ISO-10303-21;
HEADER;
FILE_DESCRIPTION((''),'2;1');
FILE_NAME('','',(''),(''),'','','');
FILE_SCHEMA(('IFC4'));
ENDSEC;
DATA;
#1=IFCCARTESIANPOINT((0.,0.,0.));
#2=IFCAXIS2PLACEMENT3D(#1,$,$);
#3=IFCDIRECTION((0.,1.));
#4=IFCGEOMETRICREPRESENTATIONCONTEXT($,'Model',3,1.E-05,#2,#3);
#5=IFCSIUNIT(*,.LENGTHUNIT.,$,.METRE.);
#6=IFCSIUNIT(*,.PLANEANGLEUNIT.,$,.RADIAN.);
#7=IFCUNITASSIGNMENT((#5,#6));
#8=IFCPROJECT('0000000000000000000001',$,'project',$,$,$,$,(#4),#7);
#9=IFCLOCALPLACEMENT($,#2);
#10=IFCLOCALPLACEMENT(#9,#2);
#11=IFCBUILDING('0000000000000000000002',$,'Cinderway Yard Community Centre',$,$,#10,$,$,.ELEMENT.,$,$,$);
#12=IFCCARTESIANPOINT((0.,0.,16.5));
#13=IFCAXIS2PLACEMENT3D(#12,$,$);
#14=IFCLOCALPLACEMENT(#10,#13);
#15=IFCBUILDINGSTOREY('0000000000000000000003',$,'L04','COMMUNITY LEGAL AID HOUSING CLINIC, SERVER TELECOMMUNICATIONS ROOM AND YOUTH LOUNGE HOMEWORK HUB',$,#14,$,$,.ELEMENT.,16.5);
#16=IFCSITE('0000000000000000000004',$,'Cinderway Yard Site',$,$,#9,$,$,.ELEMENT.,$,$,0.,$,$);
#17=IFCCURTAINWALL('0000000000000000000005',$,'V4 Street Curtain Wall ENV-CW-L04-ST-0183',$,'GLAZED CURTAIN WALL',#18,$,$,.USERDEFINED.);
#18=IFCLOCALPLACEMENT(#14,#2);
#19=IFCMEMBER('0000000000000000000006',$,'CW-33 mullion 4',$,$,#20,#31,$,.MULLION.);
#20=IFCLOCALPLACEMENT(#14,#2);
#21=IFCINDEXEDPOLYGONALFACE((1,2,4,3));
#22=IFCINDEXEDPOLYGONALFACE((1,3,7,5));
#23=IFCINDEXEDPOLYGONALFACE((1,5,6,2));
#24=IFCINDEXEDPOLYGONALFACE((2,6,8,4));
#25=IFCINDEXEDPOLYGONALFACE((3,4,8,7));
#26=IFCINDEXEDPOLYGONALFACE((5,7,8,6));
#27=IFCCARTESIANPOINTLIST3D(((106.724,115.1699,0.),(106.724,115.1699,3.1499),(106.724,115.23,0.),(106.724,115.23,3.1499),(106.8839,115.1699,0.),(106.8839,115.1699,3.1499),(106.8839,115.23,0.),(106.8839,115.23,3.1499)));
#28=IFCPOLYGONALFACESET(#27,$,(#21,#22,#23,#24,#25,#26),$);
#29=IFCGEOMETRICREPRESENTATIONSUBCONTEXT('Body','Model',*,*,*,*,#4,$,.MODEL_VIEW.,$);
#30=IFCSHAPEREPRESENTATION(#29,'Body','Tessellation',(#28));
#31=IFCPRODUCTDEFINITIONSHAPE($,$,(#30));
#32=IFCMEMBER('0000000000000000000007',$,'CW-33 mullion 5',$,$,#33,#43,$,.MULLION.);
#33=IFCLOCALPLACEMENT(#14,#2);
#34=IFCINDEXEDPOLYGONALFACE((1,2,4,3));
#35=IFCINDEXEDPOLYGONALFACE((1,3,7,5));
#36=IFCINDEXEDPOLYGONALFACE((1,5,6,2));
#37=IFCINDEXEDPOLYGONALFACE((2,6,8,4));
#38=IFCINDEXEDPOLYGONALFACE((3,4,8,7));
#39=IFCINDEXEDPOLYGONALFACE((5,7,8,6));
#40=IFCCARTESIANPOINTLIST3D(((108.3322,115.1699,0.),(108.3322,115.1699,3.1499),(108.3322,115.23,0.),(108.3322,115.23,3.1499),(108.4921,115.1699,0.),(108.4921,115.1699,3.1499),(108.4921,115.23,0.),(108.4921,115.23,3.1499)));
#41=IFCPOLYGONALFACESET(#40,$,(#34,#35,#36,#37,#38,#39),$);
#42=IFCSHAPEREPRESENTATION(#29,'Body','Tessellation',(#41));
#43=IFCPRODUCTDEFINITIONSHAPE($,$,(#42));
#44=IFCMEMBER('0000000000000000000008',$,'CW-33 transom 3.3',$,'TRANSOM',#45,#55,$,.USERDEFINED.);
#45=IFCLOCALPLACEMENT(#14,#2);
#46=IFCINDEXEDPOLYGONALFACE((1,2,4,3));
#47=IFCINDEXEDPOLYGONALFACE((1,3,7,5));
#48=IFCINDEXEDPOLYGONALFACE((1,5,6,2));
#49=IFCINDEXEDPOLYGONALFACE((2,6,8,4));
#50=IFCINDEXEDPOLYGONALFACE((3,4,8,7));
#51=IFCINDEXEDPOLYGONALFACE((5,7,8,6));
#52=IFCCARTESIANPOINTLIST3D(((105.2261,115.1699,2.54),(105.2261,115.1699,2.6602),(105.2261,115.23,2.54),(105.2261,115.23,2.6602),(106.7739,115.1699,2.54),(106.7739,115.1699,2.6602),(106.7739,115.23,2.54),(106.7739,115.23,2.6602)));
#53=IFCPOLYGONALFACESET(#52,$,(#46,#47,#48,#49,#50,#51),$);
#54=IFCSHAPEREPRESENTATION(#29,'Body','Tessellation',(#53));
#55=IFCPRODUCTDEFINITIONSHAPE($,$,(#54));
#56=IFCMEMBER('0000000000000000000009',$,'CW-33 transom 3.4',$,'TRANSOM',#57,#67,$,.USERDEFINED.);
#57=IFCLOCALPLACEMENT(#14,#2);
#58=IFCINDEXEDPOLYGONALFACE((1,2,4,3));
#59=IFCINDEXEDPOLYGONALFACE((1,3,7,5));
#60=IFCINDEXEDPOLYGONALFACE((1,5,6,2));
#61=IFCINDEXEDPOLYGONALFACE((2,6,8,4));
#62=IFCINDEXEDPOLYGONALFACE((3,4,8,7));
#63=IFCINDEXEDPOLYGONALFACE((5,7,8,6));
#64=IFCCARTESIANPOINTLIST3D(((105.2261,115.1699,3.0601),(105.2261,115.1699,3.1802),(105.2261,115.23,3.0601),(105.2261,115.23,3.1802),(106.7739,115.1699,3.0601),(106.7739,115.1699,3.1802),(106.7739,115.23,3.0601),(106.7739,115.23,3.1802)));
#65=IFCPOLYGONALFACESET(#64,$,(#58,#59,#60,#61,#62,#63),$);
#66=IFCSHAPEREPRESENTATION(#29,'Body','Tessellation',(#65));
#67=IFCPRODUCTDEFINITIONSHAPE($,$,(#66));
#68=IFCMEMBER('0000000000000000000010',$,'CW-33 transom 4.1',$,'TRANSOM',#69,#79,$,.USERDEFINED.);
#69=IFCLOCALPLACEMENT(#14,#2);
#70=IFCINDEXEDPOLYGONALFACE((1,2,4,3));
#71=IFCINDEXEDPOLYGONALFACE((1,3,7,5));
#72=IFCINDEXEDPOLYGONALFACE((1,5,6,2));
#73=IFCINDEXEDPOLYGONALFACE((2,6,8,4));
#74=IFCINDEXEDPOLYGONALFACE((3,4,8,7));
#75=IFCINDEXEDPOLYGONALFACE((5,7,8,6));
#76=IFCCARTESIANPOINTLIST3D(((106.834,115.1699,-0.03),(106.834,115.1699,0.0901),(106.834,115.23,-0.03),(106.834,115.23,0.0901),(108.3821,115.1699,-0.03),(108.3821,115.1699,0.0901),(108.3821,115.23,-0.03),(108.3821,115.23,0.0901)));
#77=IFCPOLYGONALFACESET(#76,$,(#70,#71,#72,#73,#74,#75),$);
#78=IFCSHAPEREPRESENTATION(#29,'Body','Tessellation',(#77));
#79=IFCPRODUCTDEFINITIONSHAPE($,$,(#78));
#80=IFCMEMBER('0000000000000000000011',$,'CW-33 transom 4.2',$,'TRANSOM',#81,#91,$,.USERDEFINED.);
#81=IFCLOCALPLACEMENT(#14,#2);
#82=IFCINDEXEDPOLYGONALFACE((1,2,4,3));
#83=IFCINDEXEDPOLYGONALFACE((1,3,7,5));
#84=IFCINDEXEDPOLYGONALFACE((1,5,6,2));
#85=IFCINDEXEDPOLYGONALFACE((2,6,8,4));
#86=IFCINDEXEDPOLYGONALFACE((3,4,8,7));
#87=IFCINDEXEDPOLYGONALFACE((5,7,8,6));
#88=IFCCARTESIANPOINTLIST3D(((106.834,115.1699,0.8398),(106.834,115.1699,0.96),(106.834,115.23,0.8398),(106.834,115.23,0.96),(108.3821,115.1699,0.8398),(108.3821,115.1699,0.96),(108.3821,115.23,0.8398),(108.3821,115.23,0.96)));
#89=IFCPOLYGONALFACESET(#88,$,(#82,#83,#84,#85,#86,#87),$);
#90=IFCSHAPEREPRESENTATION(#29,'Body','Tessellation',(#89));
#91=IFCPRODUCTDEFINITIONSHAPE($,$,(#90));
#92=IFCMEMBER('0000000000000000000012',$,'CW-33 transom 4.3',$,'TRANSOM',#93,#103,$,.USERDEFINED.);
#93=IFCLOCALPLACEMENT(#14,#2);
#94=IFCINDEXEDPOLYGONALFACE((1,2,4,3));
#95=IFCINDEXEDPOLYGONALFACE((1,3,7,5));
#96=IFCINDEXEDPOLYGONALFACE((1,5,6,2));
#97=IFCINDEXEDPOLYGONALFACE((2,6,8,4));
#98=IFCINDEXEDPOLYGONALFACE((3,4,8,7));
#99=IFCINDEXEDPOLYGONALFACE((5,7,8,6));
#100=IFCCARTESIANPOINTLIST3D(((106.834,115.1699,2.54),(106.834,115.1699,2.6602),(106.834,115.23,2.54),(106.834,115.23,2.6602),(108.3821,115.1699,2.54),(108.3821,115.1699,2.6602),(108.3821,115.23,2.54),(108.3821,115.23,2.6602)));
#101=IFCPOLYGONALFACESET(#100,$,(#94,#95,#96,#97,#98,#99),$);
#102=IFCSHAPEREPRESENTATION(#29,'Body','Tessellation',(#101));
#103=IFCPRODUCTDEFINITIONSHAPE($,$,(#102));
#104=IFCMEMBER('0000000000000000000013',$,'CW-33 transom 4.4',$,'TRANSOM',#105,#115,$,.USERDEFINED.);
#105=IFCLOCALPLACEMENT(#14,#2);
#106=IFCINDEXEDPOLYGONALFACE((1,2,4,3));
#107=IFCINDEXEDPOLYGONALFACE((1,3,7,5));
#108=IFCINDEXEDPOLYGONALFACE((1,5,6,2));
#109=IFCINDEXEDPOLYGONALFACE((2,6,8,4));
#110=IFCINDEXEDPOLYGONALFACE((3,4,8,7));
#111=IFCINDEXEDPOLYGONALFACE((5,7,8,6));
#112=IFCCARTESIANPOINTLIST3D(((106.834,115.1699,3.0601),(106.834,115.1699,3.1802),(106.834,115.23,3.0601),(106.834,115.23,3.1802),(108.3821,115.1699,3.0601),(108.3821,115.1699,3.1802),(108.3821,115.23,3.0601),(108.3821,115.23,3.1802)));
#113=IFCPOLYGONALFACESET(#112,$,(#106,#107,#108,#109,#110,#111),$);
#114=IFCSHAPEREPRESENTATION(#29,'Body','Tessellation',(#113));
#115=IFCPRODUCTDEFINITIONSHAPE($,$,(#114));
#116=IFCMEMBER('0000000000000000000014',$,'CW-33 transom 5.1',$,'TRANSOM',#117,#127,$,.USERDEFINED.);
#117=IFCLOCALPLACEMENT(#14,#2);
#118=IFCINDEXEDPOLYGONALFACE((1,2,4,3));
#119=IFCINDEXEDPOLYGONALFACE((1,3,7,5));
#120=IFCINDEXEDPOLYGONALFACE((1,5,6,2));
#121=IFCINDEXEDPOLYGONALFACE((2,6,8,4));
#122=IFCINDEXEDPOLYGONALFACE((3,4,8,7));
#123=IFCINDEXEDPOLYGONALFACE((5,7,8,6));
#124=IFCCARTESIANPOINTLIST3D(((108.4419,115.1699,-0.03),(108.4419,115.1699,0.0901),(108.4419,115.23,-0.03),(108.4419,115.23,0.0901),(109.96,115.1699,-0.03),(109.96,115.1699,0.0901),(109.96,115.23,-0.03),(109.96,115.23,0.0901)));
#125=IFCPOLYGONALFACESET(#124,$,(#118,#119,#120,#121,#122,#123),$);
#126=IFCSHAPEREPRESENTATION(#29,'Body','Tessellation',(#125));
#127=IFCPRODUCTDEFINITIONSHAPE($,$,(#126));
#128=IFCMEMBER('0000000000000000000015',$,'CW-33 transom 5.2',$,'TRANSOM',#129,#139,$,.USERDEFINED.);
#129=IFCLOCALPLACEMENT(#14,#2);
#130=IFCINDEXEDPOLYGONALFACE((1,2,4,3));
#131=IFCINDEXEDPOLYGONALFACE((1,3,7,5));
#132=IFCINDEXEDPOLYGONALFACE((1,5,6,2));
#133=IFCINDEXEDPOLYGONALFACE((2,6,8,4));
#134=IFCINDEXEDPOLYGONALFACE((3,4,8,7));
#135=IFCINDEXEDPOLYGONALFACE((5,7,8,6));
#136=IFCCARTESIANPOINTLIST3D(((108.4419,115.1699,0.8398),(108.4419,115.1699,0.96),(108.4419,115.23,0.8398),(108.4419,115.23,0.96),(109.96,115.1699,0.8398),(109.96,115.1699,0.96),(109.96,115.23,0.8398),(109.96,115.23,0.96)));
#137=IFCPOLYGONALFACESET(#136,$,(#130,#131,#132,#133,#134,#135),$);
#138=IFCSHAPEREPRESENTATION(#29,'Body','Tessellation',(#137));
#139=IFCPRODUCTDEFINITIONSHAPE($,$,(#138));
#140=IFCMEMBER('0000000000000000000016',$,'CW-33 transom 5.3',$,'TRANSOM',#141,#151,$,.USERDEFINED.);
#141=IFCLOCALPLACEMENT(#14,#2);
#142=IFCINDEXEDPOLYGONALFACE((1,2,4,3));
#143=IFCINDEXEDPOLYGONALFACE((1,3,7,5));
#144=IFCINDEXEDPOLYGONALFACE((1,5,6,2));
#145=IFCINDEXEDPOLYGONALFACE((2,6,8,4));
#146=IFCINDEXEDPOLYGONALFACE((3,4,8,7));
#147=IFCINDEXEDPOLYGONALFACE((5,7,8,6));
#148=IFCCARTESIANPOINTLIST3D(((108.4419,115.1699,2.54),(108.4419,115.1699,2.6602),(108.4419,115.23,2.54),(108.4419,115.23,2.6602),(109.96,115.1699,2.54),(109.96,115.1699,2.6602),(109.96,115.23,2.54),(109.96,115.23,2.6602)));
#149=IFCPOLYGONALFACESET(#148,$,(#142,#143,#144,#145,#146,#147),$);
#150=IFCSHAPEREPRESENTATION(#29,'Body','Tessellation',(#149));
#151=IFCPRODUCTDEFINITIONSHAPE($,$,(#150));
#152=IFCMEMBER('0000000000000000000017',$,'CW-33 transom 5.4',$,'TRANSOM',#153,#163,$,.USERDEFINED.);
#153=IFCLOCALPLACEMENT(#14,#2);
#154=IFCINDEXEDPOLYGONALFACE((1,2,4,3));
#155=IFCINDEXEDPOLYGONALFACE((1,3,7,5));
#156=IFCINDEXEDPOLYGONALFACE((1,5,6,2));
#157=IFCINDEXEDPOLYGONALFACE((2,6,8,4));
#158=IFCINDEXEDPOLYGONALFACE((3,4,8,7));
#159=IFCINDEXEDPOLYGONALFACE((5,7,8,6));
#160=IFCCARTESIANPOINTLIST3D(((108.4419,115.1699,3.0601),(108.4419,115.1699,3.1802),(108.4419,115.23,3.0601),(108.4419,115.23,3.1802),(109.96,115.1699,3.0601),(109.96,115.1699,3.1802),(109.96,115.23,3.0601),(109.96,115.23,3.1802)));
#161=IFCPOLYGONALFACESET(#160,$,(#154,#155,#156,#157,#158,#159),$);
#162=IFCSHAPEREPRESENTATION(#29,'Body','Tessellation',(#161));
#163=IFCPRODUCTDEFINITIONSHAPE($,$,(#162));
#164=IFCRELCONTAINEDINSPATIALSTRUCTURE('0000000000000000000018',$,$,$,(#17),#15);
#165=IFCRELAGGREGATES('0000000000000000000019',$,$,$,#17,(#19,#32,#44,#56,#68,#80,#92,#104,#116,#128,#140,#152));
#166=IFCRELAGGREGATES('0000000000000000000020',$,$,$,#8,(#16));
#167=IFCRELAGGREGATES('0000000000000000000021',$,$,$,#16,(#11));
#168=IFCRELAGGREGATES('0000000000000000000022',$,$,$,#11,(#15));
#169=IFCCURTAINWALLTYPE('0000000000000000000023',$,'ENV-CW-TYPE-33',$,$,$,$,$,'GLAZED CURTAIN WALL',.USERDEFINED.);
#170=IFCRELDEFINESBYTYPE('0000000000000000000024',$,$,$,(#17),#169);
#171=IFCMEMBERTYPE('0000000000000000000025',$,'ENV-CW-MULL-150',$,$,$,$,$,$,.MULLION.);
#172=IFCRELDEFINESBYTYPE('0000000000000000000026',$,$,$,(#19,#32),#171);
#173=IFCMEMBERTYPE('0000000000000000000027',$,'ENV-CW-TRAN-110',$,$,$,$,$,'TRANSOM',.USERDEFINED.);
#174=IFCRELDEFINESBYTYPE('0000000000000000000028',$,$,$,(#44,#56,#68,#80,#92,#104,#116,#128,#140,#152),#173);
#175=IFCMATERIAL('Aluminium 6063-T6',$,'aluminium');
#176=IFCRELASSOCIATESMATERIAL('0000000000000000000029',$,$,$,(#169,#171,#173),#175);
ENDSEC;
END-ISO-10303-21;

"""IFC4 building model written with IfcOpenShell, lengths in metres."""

from ifc_helpers import new_model, si_unit, direction, frame, origin, origin_2d, place, context, subcontext, project, spatial, rectangle, extrude, material, material_profile, profile_set, type_object, element, aggregate, save


model = new_model("IFC4")

# Units and contexts
model_context = context("Model", 3, precision=1e-05, world=origin(), true_north=direction((0.0, 1.0)))
body_context = subcontext(model_context, "Body", "Model", "MODEL_VIEW")
ifc_project = project(units=[si_unit("LENGTHUNIT", "METRE"), si_unit("PLANEANGLEUNIT", "RADIAN")], contexts=[model_context])

# Site, building, storey
site_placement = place(None, origin())
site = spatial("IfcSite", under=ifc_project, at=site_placement, Name="Cinderway Yard Site", CompositionType="ELEMENT", RefElevation=0.0)
building_placement = place(site_placement, origin())
building = spatial("IfcBuilding", under=site, at=building_placement, Name="Cinderway Yard Community Centre", CompositionType="ELEMENT")
storey_placement = place(building_placement, frame((0.0, 0.0, 16.5)))
storey = spatial("IfcBuildingStorey", under=building, at=storey_placement, Name="L04", Description="COMMUNITY LEGAL AID HOUSING CLINIC, SERVER TELECOMMUNICATIONS ROOM AND YOUTH LOUNGE HOMEWORK HUB", CompositionType="ELEMENT", Elevation=16.5)

# Curtain wall, members
ifc_material_1 = material(Name="Aluminium 6063-T6", Category="aluminium")
curtain_wall_type = type_object("IfcCurtainWallType", Name="ENV-CW-TYPE-33", ElementType="GLAZED CURTAIN WALL", PredefinedType="USERDEFINED", material=ifc_material_1)
curtain_wall_placement = place(storey_placement, origin())
curtain_wall = element("IfcCurtainWall", 1, at=curtain_wall_placement, inside=storey, type_object=curtain_wall_type, Name="V4 Street Curtain Wall ENV-CW-L04-ST-0183", ObjectType="GLAZED CURTAIN WALL", PredefinedType="USERDEFINED")
ifc_material_profile_1 = material_profile(ifc_material_1, rectangle(XDim=0.0601, YDim=0.1599, at=origin_2d()), Name="Aluminium 6063-T6")
ifc_profile_set_1 = profile_set([ifc_material_profile_1], Name="Aluminium 6063-T6")
member_type_1 = type_object("IfcMemberType", Name="ENV-CW-MULL-150", PredefinedType="MULLION", material=ifc_profile_set_1)
member_1_placement = place(storey_placement, frame((106.804, 115.2, 0.0), z_axis=(0.0, 0.0, 1.0), x_axis=(0.0, 1.0, 0.0)))
member_1 = element("IfcMember", 2, at=member_1_placement, type_object=member_type_1, Name="CW-33 mullion 4", PredefinedType="MULLION", context=body_context, shape_type="SweptSolid", body=[
    extrude(rectangle(XDim=0.0601, YDim=0.1599, at=origin_2d()), origin(), (0.0, 0.0, 1.0), 3.1499),
])
member_2_placement = place(storey_placement, frame((108.4121, 115.2, 0.0), z_axis=(0.0, 0.0, 1.0), x_axis=(0.0, 1.0, 0.0)))
member_2 = element("IfcMember", 3, at=member_2_placement, type_object=member_type_1, Name="CW-33 mullion 5", PredefinedType="MULLION", context=body_context, shape_type="SweptSolid", body=[
    extrude(rectangle(XDim=0.0601, YDim=0.1599, at=origin_2d()), origin(), (0.0, 0.0, 1.0), 3.1499),
])
ifc_material_profile_2 = material_profile(ifc_material_1, rectangle(XDim=0.0601, YDim=0.1201, at=origin_2d()), Name="Aluminium 6063-T6")
ifc_profile_set_2 = profile_set([ifc_material_profile_2], Name="Aluminium 6063-T6")
member_type_2 = type_object("IfcMemberType", Name="ENV-CW-TRAN-110", ElementType="TRANSOM", PredefinedType="USERDEFINED", material=ifc_profile_set_2)
member_3_placement = place(storey_placement, frame((105.2261, 115.2, 2.6001), z_axis=(1.0, 0.0, 0.0), x_axis=(0.0, 1.0, 0.0)))
member_3 = element("IfcMember", 4, at=member_3_placement, type_object=member_type_2, Name="CW-33 transom 3.3", ObjectType="TRANSOM", PredefinedType="USERDEFINED", context=body_context, shape_type="SweptSolid", body=[
    extrude(rectangle(XDim=0.0601, YDim=0.1201, at=origin_2d()), origin(), (0.0, 0.0, 1.0), 1.5479),
])
member_4_placement = place(storey_placement, frame((105.2261, 115.2, 3.1201), z_axis=(1.0, 0.0, 0.0), x_axis=(0.0, 1.0, 0.0)))
member_4 = element("IfcMember", 5, at=member_4_placement, type_object=member_type_2, Name="CW-33 transom 3.4", ObjectType="TRANSOM", PredefinedType="USERDEFINED", context=body_context, shape_type="SweptSolid", body=[
    extrude(rectangle(XDim=0.0601, YDim=0.1201, at=origin_2d()), origin(), (0.0, 0.0, 1.0), 1.5479),
])
member_5_placement = place(storey_placement, frame((106.834, 115.2, 0.03), z_axis=(1.0, 0.0, 0.0), x_axis=(0.0, 1.0, 0.0)))
member_5 = element("IfcMember", 6, at=member_5_placement, type_object=member_type_2, Name="CW-33 transom 4.1", ObjectType="TRANSOM", PredefinedType="USERDEFINED", context=body_context, shape_type="SweptSolid", body=[
    extrude(rectangle(XDim=0.0601, YDim=0.1201, at=origin_2d()), origin(), (0.0, 0.0, 1.0), 1.5481),
])
member_6_placement = place(storey_placement, frame((106.834, 115.2, 0.8999), z_axis=(1.0, 0.0, 0.0), x_axis=(0.0, 1.0, 0.0)))
member_6 = element("IfcMember", 7, at=member_6_placement, type_object=member_type_2, Name="CW-33 transom 4.2", ObjectType="TRANSOM", PredefinedType="USERDEFINED", context=body_context, shape_type="SweptSolid", body=[
    extrude(rectangle(XDim=0.0601, YDim=0.1201, at=origin_2d()), origin(), (0.0, 0.0, 1.0), 1.5481),
])
member_7_placement = place(storey_placement, frame((106.834, 115.2, 2.6001), z_axis=(1.0, 0.0, 0.0), x_axis=(0.0, 1.0, 0.0)))
member_7 = element("IfcMember", 8, at=member_7_placement, type_object=member_type_2, Name="CW-33 transom 4.3", ObjectType="TRANSOM", PredefinedType="USERDEFINED", context=body_context, shape_type="SweptSolid", body=[
    extrude(rectangle(XDim=0.0601, YDim=0.1201, at=origin_2d()), origin(), (0.0, 0.0, 1.0), 1.5481),
])
member_8_placement = place(storey_placement, frame((106.834, 115.2, 3.1201), z_axis=(1.0, 0.0, 0.0), x_axis=(0.0, 1.0, 0.0)))
member_8 = element("IfcMember", 9, at=member_8_placement, type_object=member_type_2, Name="CW-33 transom 4.4", ObjectType="TRANSOM", PredefinedType="USERDEFINED", context=body_context, shape_type="SweptSolid", body=[
    extrude(rectangle(XDim=0.0601, YDim=0.1201, at=origin_2d()), origin(), (0.0, 0.0, 1.0), 1.5481),
])
member_9_placement = place(storey_placement, frame((108.4419, 115.2, 0.03), z_axis=(1.0, 0.0, 0.0), x_axis=(0.0, 1.0, 0.0)))
member_9 = element("IfcMember", 10, at=member_9_placement, type_object=member_type_2, Name="CW-33 transom 5.1", ObjectType="TRANSOM", PredefinedType="USERDEFINED", context=body_context, shape_type="SweptSolid", body=[
    extrude(rectangle(XDim=0.0601, YDim=0.1201, at=origin_2d()), origin(), (0.0, 0.0, 1.0), 1.5181),
])
member_10_placement = place(storey_placement, frame((108.4419, 115.2, 0.8999), z_axis=(1.0, 0.0, 0.0), x_axis=(0.0, 1.0, 0.0)))
member_10 = element("IfcMember", 11, at=member_10_placement, type_object=member_type_2, Name="CW-33 transom 5.2", ObjectType="TRANSOM", PredefinedType="USERDEFINED", context=body_context, shape_type="SweptSolid", body=[
    extrude(rectangle(XDim=0.0601, YDim=0.1201, at=origin_2d()), origin(), (0.0, 0.0, 1.0), 1.5181),
])
member_11_placement = place(storey_placement, frame((108.4419, 115.2, 2.6001), z_axis=(1.0, 0.0, 0.0), x_axis=(0.0, 1.0, 0.0)))
member_11 = element("IfcMember", 12, at=member_11_placement, type_object=member_type_2, Name="CW-33 transom 5.3", ObjectType="TRANSOM", PredefinedType="USERDEFINED", context=body_context, shape_type="SweptSolid", body=[
    extrude(rectangle(XDim=0.0601, YDim=0.1201, at=origin_2d()), origin(), (0.0, 0.0, 1.0), 1.5181),
])
member_12_placement = place(storey_placement, frame((108.4419, 115.2, 3.1201), z_axis=(1.0, 0.0, 0.0), x_axis=(0.0, 1.0, 0.0)))
member_12 = element("IfcMember", 13, at=member_12_placement, type_object=member_type_2, Name="CW-33 transom 5.4", ObjectType="TRANSOM", PredefinedType="USERDEFINED", context=body_context, shape_type="SweptSolid", body=[
    extrude(rectangle(XDim=0.0601, YDim=0.1201, at=origin_2d()), origin(), (0.0, 0.0, 1.0), 1.5181),
])

aggregate(curtain_wall, [member_1, member_2, member_3, member_4, member_5, member_6, member_7, member_8, member_9, member_10, member_11, member_12])

save(model, "model.ifc")
